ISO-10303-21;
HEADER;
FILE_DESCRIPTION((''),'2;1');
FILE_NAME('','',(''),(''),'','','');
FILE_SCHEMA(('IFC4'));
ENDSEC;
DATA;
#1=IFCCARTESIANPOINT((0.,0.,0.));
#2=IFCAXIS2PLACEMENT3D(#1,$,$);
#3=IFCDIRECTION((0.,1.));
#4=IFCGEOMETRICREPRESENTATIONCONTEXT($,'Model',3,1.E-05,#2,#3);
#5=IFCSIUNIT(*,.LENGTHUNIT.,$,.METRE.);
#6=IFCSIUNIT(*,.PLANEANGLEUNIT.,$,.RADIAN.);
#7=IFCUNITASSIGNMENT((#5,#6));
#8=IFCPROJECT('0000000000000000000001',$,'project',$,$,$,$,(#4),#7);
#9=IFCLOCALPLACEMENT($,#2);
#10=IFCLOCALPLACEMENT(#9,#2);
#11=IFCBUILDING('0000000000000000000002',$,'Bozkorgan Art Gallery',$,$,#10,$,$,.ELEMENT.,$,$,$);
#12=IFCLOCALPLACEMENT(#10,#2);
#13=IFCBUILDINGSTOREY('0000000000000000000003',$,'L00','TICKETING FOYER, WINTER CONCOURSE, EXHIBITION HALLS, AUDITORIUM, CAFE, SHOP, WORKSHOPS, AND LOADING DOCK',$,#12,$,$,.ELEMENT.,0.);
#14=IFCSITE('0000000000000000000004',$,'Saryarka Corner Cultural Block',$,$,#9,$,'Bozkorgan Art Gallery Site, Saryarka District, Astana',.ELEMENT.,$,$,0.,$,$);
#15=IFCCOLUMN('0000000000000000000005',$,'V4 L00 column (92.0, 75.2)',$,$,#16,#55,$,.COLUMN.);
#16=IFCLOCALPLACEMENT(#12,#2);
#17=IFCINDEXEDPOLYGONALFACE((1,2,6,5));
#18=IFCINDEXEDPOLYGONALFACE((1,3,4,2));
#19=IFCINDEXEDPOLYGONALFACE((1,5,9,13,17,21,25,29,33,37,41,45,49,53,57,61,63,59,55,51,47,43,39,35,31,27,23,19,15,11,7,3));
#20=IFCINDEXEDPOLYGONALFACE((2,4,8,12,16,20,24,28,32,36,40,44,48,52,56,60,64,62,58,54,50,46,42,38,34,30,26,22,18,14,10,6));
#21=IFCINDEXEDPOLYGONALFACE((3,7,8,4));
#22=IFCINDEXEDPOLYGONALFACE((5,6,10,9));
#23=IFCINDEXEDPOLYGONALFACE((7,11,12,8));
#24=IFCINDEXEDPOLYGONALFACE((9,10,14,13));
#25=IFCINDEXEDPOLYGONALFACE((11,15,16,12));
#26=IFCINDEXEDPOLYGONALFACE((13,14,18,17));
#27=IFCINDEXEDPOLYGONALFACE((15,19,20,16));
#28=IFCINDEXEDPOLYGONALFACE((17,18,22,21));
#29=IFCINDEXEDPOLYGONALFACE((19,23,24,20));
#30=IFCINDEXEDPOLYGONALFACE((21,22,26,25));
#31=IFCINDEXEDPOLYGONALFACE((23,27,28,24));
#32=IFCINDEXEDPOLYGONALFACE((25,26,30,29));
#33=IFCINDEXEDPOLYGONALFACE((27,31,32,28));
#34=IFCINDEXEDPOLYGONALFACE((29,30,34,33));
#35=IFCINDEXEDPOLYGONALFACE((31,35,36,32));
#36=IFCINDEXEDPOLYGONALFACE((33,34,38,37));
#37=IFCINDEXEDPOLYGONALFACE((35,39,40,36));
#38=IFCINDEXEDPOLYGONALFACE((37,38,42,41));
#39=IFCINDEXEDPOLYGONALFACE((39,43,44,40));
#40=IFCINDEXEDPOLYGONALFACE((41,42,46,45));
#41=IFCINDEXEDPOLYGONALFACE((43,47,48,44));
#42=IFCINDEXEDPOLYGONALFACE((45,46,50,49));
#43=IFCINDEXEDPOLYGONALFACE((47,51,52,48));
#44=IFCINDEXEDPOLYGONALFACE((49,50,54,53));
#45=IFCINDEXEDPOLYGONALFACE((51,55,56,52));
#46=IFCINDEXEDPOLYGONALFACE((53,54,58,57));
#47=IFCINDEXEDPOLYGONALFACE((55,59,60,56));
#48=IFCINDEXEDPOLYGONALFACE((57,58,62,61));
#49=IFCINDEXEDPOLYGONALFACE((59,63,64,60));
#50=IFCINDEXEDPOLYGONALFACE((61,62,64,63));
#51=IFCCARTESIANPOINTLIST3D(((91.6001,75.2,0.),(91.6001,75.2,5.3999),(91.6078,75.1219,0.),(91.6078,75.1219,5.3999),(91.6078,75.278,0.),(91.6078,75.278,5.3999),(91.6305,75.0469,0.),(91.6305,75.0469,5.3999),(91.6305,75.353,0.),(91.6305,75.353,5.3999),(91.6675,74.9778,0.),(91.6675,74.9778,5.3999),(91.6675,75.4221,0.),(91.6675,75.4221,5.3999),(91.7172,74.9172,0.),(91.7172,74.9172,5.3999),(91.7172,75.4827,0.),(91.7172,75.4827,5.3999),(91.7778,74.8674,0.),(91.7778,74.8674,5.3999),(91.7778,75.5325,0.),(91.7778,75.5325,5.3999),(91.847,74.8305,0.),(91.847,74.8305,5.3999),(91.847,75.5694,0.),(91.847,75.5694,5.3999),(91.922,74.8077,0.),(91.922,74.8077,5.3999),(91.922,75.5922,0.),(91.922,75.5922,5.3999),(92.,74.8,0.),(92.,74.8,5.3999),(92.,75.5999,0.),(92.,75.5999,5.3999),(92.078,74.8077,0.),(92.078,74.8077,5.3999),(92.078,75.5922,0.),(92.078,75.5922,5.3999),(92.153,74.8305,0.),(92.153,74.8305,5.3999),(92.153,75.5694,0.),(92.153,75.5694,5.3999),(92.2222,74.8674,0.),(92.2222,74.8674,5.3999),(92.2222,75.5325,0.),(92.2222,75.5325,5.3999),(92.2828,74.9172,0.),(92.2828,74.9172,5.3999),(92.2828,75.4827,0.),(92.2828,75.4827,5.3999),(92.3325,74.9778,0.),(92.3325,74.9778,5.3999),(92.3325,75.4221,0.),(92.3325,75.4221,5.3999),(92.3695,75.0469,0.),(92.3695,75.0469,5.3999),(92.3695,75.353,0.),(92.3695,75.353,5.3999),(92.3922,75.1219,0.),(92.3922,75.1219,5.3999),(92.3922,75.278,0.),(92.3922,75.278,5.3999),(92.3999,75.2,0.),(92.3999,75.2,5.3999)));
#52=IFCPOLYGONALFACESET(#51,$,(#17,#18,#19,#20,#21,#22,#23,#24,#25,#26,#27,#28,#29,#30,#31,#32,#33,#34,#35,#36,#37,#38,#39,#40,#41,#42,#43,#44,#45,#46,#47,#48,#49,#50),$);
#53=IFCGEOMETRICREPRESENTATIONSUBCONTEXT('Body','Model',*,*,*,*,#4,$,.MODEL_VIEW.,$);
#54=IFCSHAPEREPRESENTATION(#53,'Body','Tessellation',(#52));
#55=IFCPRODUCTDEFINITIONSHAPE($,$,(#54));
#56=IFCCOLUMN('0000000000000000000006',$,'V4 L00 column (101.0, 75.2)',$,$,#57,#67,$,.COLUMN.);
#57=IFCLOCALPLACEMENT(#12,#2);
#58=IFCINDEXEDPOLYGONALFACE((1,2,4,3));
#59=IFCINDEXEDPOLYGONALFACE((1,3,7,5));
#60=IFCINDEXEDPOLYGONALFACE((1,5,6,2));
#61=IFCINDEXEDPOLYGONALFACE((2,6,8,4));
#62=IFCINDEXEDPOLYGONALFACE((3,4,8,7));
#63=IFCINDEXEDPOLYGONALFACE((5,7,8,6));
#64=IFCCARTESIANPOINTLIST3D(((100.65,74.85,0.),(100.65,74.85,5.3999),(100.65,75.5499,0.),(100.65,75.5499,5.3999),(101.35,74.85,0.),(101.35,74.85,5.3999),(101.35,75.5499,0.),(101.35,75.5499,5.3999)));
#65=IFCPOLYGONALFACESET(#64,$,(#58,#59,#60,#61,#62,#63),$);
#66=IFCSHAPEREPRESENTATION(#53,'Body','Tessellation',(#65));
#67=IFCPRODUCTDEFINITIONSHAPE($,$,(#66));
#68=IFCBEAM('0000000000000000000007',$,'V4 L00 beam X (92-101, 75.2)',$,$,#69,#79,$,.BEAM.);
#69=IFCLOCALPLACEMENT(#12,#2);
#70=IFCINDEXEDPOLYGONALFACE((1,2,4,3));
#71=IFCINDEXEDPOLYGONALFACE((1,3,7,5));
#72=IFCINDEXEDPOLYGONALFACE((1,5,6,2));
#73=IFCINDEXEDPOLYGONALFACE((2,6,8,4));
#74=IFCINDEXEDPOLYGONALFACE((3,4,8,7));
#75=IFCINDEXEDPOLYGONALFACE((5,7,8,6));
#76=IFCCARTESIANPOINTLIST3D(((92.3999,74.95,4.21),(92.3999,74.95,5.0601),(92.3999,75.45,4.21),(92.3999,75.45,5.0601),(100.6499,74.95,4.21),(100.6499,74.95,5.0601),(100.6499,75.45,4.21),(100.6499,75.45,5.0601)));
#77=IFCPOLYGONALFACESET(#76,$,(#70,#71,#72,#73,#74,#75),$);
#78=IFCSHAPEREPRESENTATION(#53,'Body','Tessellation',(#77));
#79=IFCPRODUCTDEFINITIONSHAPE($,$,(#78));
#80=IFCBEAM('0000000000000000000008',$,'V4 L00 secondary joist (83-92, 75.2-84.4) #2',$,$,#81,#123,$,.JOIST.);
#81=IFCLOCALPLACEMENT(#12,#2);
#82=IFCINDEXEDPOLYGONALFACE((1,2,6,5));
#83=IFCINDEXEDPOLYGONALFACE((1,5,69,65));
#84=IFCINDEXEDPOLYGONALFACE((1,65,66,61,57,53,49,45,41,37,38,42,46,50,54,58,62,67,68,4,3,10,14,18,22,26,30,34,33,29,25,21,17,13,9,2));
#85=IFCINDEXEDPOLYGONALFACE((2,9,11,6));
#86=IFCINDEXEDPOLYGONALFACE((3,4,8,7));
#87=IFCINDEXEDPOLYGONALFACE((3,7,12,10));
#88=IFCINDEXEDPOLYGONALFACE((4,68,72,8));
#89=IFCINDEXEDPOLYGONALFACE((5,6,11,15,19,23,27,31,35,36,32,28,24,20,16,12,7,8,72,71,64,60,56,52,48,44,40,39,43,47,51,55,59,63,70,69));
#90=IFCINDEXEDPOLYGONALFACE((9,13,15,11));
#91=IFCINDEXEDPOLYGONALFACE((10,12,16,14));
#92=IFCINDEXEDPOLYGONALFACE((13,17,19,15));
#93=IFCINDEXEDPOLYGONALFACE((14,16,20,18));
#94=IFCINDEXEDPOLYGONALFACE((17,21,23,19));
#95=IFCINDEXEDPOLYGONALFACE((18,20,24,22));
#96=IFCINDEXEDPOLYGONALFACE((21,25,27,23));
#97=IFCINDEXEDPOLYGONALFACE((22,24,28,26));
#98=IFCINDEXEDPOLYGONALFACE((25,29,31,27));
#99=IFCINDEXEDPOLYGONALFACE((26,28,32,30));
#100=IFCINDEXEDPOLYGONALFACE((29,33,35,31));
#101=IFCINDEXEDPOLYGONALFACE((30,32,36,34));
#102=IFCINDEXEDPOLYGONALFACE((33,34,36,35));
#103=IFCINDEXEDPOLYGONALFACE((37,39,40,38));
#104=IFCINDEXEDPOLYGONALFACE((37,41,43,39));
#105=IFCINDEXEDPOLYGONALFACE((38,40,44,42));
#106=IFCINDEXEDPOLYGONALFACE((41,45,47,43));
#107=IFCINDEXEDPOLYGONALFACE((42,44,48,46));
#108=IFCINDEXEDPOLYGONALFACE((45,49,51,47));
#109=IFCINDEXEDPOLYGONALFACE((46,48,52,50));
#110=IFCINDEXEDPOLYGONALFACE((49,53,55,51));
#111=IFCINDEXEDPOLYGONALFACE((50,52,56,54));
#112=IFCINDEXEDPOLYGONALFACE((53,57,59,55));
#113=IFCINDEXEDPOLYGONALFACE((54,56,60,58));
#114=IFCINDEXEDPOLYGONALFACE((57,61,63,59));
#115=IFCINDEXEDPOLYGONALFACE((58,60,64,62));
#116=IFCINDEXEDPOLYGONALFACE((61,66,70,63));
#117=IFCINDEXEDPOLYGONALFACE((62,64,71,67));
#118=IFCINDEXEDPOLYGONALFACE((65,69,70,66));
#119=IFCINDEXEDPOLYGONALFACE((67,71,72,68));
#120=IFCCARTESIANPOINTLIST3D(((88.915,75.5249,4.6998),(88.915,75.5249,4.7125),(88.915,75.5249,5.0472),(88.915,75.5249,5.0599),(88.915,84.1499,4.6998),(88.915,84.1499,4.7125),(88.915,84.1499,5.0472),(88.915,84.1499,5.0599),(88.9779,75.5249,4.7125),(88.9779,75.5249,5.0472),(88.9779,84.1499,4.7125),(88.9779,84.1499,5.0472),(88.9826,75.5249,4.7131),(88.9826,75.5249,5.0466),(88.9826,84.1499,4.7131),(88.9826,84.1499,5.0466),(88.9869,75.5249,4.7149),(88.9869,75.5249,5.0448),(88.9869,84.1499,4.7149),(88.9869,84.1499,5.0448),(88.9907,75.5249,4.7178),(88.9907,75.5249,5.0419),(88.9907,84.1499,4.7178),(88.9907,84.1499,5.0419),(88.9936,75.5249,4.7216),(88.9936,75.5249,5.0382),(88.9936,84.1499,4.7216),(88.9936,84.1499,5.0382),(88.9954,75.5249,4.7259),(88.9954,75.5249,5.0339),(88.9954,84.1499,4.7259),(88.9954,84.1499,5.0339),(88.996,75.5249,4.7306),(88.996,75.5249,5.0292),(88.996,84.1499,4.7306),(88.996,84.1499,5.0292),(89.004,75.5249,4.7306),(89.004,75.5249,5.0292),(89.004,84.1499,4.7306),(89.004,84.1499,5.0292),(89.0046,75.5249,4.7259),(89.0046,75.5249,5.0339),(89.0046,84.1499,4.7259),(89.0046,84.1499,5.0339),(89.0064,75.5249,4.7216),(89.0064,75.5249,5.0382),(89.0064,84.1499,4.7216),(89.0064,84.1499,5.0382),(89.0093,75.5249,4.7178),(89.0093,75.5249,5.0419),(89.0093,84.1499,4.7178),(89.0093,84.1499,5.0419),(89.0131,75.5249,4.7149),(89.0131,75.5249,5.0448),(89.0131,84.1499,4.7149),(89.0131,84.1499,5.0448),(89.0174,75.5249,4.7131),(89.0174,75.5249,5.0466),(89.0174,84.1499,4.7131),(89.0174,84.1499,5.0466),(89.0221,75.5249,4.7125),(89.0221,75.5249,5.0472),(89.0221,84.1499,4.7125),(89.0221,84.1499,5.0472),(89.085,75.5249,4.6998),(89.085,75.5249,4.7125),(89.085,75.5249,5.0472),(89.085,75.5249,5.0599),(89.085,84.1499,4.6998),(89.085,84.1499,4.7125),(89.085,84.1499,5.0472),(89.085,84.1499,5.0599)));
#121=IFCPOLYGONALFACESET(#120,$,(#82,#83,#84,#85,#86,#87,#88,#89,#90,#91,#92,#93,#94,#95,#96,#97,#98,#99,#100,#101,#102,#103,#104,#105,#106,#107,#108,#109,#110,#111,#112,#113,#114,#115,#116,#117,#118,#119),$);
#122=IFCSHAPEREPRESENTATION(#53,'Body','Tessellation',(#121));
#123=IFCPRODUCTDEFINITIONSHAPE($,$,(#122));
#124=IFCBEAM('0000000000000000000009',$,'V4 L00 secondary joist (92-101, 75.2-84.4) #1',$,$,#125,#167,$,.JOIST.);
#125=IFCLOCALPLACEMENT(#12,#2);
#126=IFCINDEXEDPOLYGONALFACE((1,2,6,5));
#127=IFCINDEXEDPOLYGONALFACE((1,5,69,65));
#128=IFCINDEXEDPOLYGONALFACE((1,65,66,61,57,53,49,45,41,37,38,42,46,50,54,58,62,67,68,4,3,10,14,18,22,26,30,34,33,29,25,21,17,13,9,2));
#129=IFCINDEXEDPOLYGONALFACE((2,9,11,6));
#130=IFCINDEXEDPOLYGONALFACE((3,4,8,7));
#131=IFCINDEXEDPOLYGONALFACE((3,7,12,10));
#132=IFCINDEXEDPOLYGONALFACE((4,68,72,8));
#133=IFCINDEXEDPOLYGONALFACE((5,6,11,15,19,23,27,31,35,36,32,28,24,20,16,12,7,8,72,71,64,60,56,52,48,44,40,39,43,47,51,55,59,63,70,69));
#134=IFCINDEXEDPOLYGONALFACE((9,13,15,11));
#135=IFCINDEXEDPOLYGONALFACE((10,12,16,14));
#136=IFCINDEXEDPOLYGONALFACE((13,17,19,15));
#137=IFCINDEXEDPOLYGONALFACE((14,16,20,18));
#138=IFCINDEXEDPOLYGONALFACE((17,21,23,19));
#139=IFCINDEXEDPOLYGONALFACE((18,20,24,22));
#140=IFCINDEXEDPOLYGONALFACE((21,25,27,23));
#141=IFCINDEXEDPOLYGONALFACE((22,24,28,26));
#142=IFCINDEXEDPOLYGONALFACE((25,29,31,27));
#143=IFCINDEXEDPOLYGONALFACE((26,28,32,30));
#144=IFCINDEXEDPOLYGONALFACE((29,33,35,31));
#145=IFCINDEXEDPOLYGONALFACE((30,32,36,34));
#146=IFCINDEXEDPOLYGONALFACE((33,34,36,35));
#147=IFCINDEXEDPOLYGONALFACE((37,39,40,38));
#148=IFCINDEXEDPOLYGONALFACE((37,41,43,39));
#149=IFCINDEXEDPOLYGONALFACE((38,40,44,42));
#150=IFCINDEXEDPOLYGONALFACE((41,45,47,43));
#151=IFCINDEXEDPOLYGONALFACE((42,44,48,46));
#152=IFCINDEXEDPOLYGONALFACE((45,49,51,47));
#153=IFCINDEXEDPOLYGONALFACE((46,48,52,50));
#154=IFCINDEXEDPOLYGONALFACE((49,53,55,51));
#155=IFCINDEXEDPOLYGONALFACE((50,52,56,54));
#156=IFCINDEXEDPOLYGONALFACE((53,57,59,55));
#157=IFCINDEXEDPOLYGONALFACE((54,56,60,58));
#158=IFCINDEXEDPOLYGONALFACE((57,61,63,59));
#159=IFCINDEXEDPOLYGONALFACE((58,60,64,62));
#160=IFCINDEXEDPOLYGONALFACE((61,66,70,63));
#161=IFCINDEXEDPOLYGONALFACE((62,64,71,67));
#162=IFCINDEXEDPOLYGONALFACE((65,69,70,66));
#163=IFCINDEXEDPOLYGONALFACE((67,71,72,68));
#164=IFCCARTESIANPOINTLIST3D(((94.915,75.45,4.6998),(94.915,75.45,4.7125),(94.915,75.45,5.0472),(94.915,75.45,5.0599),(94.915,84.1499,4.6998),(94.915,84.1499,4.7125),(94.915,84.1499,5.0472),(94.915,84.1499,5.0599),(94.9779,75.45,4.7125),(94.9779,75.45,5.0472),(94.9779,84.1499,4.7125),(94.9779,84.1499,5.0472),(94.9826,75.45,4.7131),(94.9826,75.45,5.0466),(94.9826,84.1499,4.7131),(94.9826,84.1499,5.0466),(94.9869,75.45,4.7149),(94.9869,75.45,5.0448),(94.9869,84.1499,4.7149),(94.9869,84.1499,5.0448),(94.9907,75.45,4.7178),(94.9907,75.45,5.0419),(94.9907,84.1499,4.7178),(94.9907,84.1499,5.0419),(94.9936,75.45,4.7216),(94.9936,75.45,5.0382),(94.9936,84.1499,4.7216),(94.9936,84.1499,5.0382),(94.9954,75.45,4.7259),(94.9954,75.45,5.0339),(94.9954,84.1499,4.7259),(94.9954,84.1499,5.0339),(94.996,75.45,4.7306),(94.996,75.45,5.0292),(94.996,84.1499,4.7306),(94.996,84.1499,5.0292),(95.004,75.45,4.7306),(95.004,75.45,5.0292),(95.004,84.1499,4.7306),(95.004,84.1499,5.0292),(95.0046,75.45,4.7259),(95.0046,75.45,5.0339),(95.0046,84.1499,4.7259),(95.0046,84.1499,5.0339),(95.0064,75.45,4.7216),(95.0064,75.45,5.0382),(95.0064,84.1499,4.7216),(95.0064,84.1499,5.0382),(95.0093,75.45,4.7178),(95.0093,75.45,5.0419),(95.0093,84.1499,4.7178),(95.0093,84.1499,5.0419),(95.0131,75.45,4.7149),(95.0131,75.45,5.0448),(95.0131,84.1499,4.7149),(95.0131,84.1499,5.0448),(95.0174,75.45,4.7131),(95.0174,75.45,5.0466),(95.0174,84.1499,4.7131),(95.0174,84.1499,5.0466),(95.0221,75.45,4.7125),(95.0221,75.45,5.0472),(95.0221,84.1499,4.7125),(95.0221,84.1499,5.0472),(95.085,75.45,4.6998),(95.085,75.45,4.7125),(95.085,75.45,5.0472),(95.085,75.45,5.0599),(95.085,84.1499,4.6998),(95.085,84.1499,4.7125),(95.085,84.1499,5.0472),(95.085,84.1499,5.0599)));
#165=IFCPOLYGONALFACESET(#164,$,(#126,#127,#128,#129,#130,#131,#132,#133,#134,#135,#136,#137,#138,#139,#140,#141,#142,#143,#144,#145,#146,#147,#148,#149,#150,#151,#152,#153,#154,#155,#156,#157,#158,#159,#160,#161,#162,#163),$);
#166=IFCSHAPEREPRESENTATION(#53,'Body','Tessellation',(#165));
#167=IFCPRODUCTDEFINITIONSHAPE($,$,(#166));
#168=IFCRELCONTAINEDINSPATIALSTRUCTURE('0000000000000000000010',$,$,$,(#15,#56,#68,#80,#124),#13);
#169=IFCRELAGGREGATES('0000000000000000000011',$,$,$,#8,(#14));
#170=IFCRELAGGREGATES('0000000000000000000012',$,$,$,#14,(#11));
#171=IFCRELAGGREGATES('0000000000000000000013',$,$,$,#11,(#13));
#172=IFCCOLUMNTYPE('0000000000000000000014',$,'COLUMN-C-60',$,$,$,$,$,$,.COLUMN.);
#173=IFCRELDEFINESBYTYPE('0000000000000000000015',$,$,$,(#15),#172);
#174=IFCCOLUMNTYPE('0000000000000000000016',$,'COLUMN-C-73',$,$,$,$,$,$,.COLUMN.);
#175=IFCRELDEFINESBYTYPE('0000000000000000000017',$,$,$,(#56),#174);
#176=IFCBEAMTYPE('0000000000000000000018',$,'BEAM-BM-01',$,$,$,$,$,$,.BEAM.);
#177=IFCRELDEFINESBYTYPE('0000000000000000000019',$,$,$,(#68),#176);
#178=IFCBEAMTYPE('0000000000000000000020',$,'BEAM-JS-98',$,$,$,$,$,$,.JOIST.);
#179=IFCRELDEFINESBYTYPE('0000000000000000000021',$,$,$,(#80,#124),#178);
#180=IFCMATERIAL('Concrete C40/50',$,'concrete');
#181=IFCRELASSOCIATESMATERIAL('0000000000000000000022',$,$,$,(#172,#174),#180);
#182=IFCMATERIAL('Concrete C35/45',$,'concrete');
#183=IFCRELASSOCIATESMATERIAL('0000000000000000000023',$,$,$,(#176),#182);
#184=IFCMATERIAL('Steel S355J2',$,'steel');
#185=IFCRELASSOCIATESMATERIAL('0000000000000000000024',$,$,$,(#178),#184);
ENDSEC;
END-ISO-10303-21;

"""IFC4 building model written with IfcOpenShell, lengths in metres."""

from ifc_helpers import new_model, si_unit, direction, frame, origin, origin_2d, place, context, subcontext, project, spatial, rectangle, circle, i_section, extrude, material, material_profile, profile_set, type_object, element, save


model = new_model("IFC4")

# Units and contexts
model_context = context("Model", 3, precision=1e-05, world=origin(), true_north=direction((0.0, 1.0)))
body_context = subcontext(model_context, "Body", "Model", "MODEL_VIEW")
ifc_project = project(units=[si_unit("LENGTHUNIT", "METRE"), si_unit("PLANEANGLEUNIT", "RADIAN")], contexts=[model_context])

# Site, building, storey
site_placement = place(None, origin())
site = spatial("IfcSite", under=ifc_project, at=site_placement, Name="Saryarka Corner Cultural Block", LongName="Bozkorgan Art Gallery Site, Saryarka District, Astana", CompositionType="ELEMENT", RefElevation=0.0)
building_placement = place(site_placement, origin())
building = spatial("IfcBuilding", under=site, at=building_placement, Name="Bozkorgan Art Gallery", CompositionType="ELEMENT")
storey_placement = place(building_placement, origin())
storey = spatial("IfcBuildingStorey", under=building, at=storey_placement, Name="L00", Description="TICKETING FOYER, WINTER CONCOURSE, EXHIBITION HALLS, AUDITORIUM, CAFE, SHOP, WORKSHOPS, AND LOADING DOCK", CompositionType="ELEMENT", Elevation=0.0)

# Columns
ifc_material_1 = material(Name="Concrete C40/50", Category="concrete")
ifc_material_profile_1 = material_profile(ifc_material_1, circle(Radius=0.3999, at=origin_2d()), Name="RC D800")
ifc_profile_set_1 = profile_set([ifc_material_profile_1], Name="Concrete C40/50")
column_type_1 = type_object("IfcColumnType", Name="COLUMN-C-60", PredefinedType="COLUMN", material=ifc_profile_set_1)
column_1_placement = place(storey_placement, frame((92.0, 75.2, 0.0), z_axis=(0.0, 0.0, 1.0), x_axis=(1.0, 0.0, 0.0)))
element("IfcColumn", 1, at=column_1_placement, inside=storey, type_object=column_type_1, Name="V4 L00 column (92.0, 75.2)", PredefinedType="COLUMN", context=body_context, shape_type="SweptSolid", body=[
    extrude(circle(Radius=0.3999, at=origin_2d()), origin(), (0.0, 0.0, 1.0), 5.3999),
])
ifc_material_profile_2 = material_profile(ifc_material_1, rectangle(XDim=0.7, YDim=0.7, at=origin_2d()), Name="RC 700x700")
ifc_profile_set_2 = profile_set([ifc_material_profile_2], Name="Concrete C40/50")
column_type_2 = type_object("IfcColumnType", Name="COLUMN-C-73", PredefinedType="COLUMN", material=ifc_profile_set_2)
column_2_placement = place(storey_placement, frame((101.0, 75.2, 0.0), z_axis=(0.0, 0.0, 1.0), x_axis=(1.0, 0.0, 0.0)))
element("IfcColumn", 2, at=column_2_placement, inside=storey, type_object=column_type_2, Name="V4 L00 column (101.0, 75.2)", PredefinedType="COLUMN", context=body_context, shape_type="SweptSolid", body=[
    extrude(rectangle(XDim=0.7, YDim=0.7, at=origin_2d()), origin(), (0.0, 0.0, 1.0), 5.3999),
])

# Beams
ifc_material_2 = material(Name="Concrete C35/45", Category="concrete")
ifc_material_profile_3 = material_profile(ifc_material_2, rectangle(XDim=0.5, YDim=0.8501, at=origin_2d()), Name="RC 500x850")
ifc_profile_set_3 = profile_set([ifc_material_profile_3], Name="Concrete C35/45")
beam_type_1 = type_object("IfcBeamType", Name="BEAM-BM-01", PredefinedType="BEAM", material=ifc_profile_set_3)
beam_1_placement = place(storey_placement, frame((92.3999, 75.2, 4.635), z_axis=(1.0, 0.0, 0.0), x_axis=(0.0, 1.0, 0.0)))
element("IfcBeam", 3, at=beam_1_placement, inside=storey, type_object=beam_type_1, Name="V4 L00 beam X (92-101, 75.2)", PredefinedType="BEAM", context=body_context, shape_type="SweptSolid", body=[
    extrude(rectangle(XDim=0.5, YDim=0.8501, at=origin_2d()), origin(), (0.0, 0.0, 1.0), 8.25),
])
ifc_material_3 = material(Name="Steel S355J2", Category="steel")
ifc_material_profile_4 = material_profile(ifc_material_3, i_section(OverallWidth=0.1699, OverallDepth=0.3601, WebThickness=0.0081, FlangeThickness=0.0127, FilletRadius=0.0181, at=origin_2d()), Name="IPE 360")
ifc_profile_set_4 = profile_set([ifc_material_profile_4], Name="Steel S355J2")
beam_type_2 = type_object("IfcBeamType", Name="BEAM-JS-98", PredefinedType="JOIST", material=ifc_profile_set_4)
beam_2_placement = place(storey_placement, frame((89.0, 75.5249, 4.8799), z_axis=(0.0, 1.0, 0.0), x_axis=(-1.0, 0.0, 0.0)))
element("IfcBeam", 4, at=beam_2_placement, inside=storey, type_object=beam_type_2, Name="V4 L00 secondary joist (83-92, 75.2-84.4) #2", PredefinedType="JOIST", context=body_context, shape_type="SweptSolid", body=[
    extrude(i_section(OverallWidth=0.1699, OverallDepth=0.3601, WebThickness=0.0081, FlangeThickness=0.0127, FilletRadius=0.0181, at=origin_2d()), origin(), (0.0, 0.0, 1.0), 8.625),
])
for number, where, z_axis, x_axis, name in (
    (5, (95.0, 75.45, 4.8799), (0.0, 1.0, 0.0), (-1.0, 0.0, 0.0), "V4 L00 secondary joist (92-101, 75.2-84.4) #1"),
):
    element("IfcBeam", number, at=place(storey_placement, frame(where, z_axis=z_axis, x_axis=x_axis)), inside=storey, type_object=beam_type_2, Name=name, PredefinedType="JOIST", context=body_context, shape_type="SweptSolid", body=[
        extrude(i_section(OverallWidth=0.1699, OverallDepth=0.3601, WebThickness=0.0081, FlangeThickness=0.0127, FilletRadius=0.0181, at=origin_2d()), origin(), (0.0, 0.0, 1.0), 8.7),
    ])

save(model, "model.ifc")
